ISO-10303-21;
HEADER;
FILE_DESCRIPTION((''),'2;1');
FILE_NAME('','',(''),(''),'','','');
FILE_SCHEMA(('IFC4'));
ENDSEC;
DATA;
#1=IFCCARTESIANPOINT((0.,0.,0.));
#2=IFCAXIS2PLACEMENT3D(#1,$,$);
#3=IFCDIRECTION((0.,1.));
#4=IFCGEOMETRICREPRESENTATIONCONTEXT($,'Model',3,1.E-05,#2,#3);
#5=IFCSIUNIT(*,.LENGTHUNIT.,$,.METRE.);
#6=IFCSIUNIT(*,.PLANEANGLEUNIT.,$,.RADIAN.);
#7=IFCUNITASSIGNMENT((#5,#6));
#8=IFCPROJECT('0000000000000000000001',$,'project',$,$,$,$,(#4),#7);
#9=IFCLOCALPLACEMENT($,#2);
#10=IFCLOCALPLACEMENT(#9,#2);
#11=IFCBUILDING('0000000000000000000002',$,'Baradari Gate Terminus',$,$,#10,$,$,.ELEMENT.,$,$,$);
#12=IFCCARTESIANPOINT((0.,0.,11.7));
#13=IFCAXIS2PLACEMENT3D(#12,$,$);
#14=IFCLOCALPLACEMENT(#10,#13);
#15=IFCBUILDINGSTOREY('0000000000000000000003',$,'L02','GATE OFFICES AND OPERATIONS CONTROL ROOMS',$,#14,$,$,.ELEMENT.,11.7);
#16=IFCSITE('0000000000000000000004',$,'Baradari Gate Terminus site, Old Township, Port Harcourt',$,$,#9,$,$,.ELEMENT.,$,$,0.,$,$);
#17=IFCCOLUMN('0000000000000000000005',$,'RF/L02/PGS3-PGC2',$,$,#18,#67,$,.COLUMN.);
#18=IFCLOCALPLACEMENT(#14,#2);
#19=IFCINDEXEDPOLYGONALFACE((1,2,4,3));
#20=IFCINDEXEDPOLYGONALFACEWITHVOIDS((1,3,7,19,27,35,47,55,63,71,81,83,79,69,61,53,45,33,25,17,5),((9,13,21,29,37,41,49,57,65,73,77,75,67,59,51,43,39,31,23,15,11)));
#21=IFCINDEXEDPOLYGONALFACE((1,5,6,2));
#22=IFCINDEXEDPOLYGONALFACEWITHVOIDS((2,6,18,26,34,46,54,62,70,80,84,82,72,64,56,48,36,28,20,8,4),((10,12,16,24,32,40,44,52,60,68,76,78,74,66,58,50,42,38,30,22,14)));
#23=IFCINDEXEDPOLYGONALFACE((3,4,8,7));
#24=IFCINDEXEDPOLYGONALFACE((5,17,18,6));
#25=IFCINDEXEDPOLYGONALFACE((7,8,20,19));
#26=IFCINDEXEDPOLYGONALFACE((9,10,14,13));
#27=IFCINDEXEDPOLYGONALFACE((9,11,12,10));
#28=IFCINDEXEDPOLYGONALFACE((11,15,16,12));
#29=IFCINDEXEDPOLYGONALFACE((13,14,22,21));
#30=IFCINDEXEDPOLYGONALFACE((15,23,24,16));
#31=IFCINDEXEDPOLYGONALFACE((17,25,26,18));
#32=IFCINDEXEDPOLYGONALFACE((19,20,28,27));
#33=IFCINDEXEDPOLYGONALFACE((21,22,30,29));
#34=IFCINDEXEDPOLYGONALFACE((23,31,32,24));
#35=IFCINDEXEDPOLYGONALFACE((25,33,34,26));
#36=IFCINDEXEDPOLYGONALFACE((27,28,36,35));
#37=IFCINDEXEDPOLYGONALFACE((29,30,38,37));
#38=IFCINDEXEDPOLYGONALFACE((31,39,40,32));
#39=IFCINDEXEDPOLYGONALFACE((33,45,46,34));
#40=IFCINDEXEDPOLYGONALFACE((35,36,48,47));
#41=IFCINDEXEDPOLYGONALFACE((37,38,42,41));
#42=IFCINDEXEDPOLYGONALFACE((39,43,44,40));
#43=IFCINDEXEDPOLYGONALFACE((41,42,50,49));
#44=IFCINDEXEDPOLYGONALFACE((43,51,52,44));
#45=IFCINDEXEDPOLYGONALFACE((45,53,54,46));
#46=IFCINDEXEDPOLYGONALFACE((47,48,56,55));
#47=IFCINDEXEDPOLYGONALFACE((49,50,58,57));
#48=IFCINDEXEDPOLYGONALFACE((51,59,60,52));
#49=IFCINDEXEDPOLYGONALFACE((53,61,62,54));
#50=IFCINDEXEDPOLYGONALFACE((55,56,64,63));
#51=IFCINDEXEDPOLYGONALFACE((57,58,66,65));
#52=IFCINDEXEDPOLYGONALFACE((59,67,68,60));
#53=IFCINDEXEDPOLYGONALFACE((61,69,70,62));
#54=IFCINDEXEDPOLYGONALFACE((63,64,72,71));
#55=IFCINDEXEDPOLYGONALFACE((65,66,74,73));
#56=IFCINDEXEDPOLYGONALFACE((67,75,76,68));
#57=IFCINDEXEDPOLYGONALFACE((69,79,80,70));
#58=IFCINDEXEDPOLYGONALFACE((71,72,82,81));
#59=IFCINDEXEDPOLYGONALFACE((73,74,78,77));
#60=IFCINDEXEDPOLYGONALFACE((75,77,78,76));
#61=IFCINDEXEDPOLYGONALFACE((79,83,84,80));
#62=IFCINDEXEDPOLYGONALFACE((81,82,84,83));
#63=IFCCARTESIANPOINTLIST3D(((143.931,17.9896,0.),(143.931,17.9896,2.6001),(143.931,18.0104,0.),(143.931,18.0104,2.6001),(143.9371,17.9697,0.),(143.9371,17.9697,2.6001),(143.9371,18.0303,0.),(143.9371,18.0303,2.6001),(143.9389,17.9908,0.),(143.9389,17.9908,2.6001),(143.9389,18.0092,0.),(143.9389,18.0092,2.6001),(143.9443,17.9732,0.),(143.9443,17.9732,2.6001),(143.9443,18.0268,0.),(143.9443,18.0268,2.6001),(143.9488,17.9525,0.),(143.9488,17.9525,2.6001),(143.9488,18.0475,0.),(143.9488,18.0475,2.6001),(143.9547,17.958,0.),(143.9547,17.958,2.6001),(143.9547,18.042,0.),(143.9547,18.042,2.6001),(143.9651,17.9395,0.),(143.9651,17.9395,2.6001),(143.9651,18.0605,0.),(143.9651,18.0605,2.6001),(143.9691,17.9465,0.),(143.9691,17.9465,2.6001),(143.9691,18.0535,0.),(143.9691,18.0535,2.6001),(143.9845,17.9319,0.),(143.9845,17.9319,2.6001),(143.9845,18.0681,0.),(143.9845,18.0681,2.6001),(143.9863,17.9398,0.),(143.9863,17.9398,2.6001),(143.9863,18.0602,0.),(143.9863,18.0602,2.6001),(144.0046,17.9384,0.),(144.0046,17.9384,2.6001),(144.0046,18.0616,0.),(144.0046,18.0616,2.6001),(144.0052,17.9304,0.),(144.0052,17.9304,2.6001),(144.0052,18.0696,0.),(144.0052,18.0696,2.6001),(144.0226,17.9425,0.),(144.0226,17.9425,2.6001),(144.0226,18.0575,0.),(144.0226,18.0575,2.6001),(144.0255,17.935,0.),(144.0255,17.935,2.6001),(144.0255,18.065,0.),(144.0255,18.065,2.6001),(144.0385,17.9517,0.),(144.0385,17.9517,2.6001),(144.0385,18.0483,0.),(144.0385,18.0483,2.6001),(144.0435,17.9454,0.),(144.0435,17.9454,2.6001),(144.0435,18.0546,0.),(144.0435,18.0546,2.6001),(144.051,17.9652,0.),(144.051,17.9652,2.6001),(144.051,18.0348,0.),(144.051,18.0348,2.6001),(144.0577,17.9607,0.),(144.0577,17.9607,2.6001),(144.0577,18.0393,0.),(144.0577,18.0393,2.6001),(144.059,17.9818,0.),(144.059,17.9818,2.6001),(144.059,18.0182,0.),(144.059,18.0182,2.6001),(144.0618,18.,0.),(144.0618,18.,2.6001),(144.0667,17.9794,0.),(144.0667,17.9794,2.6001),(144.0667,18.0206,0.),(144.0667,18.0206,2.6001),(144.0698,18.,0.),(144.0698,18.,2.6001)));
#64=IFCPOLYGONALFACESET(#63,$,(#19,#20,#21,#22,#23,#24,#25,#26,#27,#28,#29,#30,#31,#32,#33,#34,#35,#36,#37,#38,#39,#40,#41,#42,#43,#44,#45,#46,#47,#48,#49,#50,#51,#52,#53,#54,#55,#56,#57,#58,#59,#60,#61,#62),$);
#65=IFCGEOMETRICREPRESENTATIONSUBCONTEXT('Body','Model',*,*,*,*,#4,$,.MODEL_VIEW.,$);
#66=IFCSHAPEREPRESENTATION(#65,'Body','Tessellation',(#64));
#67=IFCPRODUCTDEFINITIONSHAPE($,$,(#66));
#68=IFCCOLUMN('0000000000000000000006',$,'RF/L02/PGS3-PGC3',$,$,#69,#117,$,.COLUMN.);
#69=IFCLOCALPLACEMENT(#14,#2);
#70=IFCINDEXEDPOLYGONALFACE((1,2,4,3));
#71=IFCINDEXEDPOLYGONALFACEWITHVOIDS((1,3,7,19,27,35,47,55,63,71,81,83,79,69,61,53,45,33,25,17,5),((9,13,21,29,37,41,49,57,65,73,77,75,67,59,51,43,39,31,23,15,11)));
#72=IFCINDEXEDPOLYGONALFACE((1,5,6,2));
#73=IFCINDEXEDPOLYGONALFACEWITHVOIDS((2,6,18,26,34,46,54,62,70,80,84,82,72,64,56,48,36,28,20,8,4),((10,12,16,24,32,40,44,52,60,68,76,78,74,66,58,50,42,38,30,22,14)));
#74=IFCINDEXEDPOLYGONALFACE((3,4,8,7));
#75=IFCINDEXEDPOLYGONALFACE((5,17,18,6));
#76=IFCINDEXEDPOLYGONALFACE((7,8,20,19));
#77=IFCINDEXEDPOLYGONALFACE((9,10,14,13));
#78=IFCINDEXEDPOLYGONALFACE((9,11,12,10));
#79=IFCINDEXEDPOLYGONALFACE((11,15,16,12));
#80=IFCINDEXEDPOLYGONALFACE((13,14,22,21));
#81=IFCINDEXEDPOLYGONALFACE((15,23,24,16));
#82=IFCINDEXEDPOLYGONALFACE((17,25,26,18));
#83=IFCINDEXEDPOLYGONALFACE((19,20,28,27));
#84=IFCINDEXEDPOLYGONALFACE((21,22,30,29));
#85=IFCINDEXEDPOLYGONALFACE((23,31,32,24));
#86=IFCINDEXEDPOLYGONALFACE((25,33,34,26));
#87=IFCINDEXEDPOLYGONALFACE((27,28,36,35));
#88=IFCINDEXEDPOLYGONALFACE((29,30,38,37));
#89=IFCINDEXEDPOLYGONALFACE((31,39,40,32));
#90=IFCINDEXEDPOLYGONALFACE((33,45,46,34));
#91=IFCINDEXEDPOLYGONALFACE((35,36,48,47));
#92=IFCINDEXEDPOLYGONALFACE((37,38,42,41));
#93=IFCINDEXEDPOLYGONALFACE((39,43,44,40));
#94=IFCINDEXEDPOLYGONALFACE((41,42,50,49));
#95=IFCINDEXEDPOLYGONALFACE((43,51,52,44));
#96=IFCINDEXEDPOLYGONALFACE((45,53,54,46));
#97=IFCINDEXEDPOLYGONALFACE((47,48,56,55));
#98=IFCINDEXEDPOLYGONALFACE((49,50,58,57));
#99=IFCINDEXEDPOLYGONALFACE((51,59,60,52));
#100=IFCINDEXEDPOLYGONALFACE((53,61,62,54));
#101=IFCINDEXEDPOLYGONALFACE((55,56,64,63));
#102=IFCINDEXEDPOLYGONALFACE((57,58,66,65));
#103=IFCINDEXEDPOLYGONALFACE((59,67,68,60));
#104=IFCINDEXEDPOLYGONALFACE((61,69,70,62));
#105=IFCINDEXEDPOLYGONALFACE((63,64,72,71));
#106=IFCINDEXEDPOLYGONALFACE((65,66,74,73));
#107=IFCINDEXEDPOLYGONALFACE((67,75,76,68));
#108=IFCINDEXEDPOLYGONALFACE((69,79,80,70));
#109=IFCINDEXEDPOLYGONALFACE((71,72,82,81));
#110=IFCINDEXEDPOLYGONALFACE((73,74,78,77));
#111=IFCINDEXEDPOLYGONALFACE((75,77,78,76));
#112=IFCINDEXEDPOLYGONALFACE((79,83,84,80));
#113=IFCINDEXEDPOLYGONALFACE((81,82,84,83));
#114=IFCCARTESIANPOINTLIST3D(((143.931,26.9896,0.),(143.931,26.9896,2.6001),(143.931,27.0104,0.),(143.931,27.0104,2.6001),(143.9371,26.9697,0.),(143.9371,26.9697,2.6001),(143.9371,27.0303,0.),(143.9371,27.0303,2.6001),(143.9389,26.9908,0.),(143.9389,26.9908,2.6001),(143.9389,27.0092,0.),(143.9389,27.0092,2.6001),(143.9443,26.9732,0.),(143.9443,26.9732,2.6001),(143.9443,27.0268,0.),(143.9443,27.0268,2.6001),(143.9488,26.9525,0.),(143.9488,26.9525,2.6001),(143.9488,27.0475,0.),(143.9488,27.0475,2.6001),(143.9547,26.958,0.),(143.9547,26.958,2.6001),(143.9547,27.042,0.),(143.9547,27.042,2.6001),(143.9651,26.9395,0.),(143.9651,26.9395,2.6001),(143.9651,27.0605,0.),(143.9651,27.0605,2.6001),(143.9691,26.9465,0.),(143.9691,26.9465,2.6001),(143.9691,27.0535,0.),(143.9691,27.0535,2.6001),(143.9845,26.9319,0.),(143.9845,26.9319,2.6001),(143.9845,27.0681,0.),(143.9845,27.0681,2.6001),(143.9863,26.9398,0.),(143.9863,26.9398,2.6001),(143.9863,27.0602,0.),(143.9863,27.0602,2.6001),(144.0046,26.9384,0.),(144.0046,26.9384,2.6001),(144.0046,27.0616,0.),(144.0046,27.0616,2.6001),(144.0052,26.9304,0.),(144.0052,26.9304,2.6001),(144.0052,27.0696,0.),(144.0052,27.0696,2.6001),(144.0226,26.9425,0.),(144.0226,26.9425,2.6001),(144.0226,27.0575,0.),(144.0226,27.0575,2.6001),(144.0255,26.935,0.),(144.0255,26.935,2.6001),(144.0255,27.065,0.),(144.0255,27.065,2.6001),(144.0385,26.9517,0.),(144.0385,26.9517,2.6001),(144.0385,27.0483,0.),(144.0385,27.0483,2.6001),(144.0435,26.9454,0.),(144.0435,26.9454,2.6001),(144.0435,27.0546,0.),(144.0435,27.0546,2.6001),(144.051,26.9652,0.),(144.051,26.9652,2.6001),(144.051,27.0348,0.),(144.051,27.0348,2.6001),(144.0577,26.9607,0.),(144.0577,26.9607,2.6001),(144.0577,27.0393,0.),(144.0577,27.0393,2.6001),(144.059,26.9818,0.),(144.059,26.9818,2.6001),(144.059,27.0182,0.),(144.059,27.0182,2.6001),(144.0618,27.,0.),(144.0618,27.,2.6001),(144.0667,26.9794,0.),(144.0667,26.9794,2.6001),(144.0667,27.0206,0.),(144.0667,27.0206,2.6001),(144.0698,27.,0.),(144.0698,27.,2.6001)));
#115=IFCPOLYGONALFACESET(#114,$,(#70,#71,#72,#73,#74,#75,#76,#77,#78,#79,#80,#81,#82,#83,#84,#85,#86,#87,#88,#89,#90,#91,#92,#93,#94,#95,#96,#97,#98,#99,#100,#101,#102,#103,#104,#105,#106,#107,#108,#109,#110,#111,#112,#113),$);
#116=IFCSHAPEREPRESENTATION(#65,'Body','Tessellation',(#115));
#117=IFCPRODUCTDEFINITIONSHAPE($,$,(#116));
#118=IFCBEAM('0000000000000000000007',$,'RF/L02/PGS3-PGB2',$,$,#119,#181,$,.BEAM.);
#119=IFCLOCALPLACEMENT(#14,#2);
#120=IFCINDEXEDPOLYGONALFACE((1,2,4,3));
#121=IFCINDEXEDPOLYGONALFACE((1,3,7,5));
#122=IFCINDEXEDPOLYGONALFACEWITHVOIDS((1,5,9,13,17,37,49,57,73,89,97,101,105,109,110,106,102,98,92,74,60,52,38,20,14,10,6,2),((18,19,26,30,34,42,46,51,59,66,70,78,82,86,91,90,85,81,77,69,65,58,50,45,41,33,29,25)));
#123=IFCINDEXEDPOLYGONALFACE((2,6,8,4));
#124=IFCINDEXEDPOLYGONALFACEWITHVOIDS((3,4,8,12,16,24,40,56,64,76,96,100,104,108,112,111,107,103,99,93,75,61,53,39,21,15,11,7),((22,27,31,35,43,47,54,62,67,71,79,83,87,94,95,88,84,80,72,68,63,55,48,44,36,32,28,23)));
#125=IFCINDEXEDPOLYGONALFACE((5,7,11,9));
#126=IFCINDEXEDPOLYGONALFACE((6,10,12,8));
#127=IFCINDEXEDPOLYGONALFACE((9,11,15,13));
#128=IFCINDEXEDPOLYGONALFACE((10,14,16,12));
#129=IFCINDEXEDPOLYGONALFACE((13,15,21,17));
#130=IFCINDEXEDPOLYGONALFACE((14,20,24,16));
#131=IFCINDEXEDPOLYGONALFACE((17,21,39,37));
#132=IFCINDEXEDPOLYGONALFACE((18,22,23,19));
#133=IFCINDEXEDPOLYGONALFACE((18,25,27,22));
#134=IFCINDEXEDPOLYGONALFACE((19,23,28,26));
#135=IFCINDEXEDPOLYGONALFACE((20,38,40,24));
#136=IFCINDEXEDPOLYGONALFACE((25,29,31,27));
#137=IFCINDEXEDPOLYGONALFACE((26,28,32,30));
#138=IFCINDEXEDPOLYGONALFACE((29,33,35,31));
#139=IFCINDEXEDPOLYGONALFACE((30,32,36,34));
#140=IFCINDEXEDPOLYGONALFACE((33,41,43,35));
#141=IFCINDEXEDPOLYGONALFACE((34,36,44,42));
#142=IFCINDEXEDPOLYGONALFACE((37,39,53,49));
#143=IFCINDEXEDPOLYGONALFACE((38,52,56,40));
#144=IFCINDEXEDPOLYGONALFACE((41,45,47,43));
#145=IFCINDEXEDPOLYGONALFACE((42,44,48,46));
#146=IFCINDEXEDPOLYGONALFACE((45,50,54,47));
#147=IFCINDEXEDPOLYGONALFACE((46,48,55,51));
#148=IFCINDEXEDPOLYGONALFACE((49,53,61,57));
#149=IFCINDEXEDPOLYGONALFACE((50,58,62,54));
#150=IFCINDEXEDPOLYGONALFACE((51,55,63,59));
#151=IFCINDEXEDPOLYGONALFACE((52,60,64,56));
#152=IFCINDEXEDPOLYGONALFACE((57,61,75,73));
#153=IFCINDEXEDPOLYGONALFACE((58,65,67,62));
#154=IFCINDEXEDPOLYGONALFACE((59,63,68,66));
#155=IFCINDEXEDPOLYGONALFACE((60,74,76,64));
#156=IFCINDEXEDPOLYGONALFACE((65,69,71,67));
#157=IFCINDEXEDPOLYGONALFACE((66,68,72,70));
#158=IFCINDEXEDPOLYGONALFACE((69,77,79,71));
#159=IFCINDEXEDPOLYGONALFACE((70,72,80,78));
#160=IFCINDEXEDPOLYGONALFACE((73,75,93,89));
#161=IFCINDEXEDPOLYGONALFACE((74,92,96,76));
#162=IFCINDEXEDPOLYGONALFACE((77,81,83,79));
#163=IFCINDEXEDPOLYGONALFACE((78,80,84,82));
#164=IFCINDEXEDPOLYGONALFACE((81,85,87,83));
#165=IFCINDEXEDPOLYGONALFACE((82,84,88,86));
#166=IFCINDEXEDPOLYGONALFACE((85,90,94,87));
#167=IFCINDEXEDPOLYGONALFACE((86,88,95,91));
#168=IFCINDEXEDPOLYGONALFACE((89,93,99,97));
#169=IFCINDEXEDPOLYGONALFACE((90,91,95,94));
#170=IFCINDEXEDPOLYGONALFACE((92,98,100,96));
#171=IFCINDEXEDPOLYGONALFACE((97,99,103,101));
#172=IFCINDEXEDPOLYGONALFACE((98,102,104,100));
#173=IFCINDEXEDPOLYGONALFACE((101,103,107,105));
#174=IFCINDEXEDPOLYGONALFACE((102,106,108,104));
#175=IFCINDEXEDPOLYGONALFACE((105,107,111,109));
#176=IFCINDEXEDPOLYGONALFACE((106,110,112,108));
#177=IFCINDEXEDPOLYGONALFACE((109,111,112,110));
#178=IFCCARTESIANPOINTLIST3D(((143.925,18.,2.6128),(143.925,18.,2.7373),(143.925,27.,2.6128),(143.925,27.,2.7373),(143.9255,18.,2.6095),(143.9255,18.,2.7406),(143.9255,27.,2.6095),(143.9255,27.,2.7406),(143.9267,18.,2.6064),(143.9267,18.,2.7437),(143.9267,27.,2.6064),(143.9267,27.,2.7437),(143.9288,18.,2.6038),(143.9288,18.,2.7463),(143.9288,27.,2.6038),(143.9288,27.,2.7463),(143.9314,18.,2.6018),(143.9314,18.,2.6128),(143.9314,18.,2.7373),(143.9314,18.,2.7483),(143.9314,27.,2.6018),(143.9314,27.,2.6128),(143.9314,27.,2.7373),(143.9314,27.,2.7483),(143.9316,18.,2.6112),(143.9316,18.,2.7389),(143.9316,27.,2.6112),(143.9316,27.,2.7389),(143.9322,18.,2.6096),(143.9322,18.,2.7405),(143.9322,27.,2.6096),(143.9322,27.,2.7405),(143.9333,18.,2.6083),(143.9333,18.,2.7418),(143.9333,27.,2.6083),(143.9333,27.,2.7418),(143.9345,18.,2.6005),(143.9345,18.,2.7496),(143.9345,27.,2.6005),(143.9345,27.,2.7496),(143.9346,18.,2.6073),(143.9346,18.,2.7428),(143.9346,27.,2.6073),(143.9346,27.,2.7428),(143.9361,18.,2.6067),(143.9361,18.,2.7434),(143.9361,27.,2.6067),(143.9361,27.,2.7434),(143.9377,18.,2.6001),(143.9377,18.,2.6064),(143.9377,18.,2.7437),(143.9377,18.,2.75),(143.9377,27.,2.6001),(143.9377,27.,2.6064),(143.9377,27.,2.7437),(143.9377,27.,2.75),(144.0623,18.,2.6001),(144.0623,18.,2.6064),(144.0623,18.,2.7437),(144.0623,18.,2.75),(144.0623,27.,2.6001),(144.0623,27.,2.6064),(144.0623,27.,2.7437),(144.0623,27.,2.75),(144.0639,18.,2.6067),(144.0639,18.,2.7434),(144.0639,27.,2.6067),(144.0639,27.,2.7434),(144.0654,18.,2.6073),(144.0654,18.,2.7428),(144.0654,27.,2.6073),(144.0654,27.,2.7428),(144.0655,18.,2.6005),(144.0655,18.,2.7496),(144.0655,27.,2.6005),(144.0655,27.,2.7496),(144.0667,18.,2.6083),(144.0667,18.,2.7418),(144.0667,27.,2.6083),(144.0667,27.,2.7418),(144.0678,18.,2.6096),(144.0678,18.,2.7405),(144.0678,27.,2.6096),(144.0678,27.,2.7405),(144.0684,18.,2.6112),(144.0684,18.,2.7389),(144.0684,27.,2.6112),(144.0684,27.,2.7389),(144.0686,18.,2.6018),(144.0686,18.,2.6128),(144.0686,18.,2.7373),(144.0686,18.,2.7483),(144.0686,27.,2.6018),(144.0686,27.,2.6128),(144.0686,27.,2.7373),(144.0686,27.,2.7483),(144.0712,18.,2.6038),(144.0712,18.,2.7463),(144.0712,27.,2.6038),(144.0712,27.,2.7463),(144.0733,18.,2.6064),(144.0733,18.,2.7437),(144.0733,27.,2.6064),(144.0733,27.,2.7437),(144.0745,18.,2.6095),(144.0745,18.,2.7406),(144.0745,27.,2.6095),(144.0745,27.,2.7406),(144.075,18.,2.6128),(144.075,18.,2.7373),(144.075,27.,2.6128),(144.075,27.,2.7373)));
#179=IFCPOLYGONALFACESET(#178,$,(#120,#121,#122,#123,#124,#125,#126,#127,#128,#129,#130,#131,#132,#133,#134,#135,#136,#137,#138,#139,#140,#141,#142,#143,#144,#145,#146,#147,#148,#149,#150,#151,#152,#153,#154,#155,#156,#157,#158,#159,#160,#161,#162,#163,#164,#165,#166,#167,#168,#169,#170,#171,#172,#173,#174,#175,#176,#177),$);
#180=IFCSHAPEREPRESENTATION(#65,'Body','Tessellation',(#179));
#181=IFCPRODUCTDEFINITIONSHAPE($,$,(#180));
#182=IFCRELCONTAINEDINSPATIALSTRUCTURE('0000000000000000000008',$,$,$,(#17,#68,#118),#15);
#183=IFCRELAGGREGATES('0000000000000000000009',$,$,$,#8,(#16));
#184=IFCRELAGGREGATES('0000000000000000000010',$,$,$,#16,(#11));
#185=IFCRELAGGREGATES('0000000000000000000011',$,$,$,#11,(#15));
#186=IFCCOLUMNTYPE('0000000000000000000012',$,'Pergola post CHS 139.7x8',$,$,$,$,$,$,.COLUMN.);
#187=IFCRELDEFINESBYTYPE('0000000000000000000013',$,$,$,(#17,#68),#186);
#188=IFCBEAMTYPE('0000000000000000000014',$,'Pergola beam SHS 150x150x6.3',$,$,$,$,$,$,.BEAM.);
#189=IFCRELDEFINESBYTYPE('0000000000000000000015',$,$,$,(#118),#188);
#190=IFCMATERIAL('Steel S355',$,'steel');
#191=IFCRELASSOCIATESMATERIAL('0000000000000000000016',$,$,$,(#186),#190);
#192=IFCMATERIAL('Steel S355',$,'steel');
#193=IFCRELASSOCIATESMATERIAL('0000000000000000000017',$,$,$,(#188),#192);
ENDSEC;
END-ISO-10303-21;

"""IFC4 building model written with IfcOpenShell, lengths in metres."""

from ifc_helpers import new_model, si_unit, direction, frame, origin, origin_2d, place, context, subcontext, project, spatial, hollow_rectangle, hollow_circle, extrude, material, material_profile, profile_set, type_object, element, save


model = new_model("IFC4")

# Units and contexts
model_context = context("Model", 3, precision=1e-05, world=origin(), true_north=direction((0.0, 1.0)))
body_context = subcontext(model_context, "Body", "Model", "MODEL_VIEW")
ifc_project = project(units=[si_unit("LENGTHUNIT", "METRE"), si_unit("PLANEANGLEUNIT", "RADIAN")], contexts=[model_context])

# Site, building, storey
site_placement = place(None, origin())
site = spatial("IfcSite", under=ifc_project, at=site_placement, Name="Baradari Gate Terminus site, Old Township, Port Harcourt", CompositionType="ELEMENT", RefElevation=0.0)
building_placement = place(site_placement, origin())
building = spatial("IfcBuilding", under=site, at=building_placement, Name="Baradari Gate Terminus", CompositionType="ELEMENT")
storey_placement = place(building_placement, frame((0.0, 0.0, 11.7)))
storey = spatial("IfcBuildingStorey", under=building, at=storey_placement, Name="L02", Description="GATE OFFICES AND OPERATIONS CONTROL ROOMS", CompositionType="ELEMENT", Elevation=11.7)

# Columns
ifc_material_1 = material(Name="Steel S355", Category="steel")
ifc_material_profile_1 = material_profile(ifc_material_1, hollow_circle(Radius=0.0698, WallThickness=0.0081, at=origin_2d()), Name="CHS 139.7x8")
ifc_profile_set_1 = profile_set([ifc_material_profile_1], Name="Steel S355")
column_type = type_object("IfcColumnType", Name="Pergola post CHS 139.7x8", PredefinedType="COLUMN", material=ifc_profile_set_1)
for number, where, z_axis, x_axis, name in (
    (1, (144.0, 18.0, 0.0), (0.0, 0.0, 1.0), (1.0, 0.0, 0.0), "RF/L02/PGS3-PGC2"),
    (2, (144.0, 27.0, 0.0), (0.0, 0.0, 1.0), (1.0, 0.0, 0.0), "RF/L02/PGS3-PGC3"),
):
    element("IfcColumn", number, at=place(storey_placement, frame(where, z_axis=z_axis, x_axis=x_axis)), inside=storey, type_object=column_type, Name=name, PredefinedType="COLUMN", context=body_context, shape_type="SweptSolid", body=[
        extrude(hollow_circle(Radius=0.0698, WallThickness=0.0081, at=origin_2d()), origin(), (0.0, 0.0, 1.0), 2.6001),
    ])

# Beam
ifc_material_2 = material(Name="Steel S355", Category="steel")
ifc_material_profile_2 = material_profile(ifc_material_2, hollow_rectangle(XDim=0.1499, YDim=0.1499, WallThickness=0.0063, InnerFilletRadius=0.0063, OuterFilletRadius=0.0127, at=origin_2d()), Name="SHS 150x150x6.3")
ifc_profile_set_2 = profile_set([ifc_material_profile_2], Name="Steel S355")
beam_type = type_object("IfcBeamType", Name="Pergola beam SHS 150x150x6.3", PredefinedType="BEAM", material=ifc_profile_set_2)
beam_placement = place(storey_placement, frame((144.0, 18.0, 2.675), z_axis=(0.0, 1.0, 0.0), x_axis=(-1.0, 0.0, 0.0)))
element("IfcBeam", 3, at=beam_placement, inside=storey, type_object=beam_type, Name="RF/L02/PGS3-PGB2", PredefinedType="BEAM", context=body_context, shape_type="SweptSolid", body=[
    extrude(hollow_rectangle(XDim=0.1499, YDim=0.1499, WallThickness=0.0063, InnerFilletRadius=0.0063, OuterFilletRadius=0.0127, at=origin_2d()), origin(), (0.0, 0.0, 1.0), 9.0),
])

save(model, "model.ifc")
